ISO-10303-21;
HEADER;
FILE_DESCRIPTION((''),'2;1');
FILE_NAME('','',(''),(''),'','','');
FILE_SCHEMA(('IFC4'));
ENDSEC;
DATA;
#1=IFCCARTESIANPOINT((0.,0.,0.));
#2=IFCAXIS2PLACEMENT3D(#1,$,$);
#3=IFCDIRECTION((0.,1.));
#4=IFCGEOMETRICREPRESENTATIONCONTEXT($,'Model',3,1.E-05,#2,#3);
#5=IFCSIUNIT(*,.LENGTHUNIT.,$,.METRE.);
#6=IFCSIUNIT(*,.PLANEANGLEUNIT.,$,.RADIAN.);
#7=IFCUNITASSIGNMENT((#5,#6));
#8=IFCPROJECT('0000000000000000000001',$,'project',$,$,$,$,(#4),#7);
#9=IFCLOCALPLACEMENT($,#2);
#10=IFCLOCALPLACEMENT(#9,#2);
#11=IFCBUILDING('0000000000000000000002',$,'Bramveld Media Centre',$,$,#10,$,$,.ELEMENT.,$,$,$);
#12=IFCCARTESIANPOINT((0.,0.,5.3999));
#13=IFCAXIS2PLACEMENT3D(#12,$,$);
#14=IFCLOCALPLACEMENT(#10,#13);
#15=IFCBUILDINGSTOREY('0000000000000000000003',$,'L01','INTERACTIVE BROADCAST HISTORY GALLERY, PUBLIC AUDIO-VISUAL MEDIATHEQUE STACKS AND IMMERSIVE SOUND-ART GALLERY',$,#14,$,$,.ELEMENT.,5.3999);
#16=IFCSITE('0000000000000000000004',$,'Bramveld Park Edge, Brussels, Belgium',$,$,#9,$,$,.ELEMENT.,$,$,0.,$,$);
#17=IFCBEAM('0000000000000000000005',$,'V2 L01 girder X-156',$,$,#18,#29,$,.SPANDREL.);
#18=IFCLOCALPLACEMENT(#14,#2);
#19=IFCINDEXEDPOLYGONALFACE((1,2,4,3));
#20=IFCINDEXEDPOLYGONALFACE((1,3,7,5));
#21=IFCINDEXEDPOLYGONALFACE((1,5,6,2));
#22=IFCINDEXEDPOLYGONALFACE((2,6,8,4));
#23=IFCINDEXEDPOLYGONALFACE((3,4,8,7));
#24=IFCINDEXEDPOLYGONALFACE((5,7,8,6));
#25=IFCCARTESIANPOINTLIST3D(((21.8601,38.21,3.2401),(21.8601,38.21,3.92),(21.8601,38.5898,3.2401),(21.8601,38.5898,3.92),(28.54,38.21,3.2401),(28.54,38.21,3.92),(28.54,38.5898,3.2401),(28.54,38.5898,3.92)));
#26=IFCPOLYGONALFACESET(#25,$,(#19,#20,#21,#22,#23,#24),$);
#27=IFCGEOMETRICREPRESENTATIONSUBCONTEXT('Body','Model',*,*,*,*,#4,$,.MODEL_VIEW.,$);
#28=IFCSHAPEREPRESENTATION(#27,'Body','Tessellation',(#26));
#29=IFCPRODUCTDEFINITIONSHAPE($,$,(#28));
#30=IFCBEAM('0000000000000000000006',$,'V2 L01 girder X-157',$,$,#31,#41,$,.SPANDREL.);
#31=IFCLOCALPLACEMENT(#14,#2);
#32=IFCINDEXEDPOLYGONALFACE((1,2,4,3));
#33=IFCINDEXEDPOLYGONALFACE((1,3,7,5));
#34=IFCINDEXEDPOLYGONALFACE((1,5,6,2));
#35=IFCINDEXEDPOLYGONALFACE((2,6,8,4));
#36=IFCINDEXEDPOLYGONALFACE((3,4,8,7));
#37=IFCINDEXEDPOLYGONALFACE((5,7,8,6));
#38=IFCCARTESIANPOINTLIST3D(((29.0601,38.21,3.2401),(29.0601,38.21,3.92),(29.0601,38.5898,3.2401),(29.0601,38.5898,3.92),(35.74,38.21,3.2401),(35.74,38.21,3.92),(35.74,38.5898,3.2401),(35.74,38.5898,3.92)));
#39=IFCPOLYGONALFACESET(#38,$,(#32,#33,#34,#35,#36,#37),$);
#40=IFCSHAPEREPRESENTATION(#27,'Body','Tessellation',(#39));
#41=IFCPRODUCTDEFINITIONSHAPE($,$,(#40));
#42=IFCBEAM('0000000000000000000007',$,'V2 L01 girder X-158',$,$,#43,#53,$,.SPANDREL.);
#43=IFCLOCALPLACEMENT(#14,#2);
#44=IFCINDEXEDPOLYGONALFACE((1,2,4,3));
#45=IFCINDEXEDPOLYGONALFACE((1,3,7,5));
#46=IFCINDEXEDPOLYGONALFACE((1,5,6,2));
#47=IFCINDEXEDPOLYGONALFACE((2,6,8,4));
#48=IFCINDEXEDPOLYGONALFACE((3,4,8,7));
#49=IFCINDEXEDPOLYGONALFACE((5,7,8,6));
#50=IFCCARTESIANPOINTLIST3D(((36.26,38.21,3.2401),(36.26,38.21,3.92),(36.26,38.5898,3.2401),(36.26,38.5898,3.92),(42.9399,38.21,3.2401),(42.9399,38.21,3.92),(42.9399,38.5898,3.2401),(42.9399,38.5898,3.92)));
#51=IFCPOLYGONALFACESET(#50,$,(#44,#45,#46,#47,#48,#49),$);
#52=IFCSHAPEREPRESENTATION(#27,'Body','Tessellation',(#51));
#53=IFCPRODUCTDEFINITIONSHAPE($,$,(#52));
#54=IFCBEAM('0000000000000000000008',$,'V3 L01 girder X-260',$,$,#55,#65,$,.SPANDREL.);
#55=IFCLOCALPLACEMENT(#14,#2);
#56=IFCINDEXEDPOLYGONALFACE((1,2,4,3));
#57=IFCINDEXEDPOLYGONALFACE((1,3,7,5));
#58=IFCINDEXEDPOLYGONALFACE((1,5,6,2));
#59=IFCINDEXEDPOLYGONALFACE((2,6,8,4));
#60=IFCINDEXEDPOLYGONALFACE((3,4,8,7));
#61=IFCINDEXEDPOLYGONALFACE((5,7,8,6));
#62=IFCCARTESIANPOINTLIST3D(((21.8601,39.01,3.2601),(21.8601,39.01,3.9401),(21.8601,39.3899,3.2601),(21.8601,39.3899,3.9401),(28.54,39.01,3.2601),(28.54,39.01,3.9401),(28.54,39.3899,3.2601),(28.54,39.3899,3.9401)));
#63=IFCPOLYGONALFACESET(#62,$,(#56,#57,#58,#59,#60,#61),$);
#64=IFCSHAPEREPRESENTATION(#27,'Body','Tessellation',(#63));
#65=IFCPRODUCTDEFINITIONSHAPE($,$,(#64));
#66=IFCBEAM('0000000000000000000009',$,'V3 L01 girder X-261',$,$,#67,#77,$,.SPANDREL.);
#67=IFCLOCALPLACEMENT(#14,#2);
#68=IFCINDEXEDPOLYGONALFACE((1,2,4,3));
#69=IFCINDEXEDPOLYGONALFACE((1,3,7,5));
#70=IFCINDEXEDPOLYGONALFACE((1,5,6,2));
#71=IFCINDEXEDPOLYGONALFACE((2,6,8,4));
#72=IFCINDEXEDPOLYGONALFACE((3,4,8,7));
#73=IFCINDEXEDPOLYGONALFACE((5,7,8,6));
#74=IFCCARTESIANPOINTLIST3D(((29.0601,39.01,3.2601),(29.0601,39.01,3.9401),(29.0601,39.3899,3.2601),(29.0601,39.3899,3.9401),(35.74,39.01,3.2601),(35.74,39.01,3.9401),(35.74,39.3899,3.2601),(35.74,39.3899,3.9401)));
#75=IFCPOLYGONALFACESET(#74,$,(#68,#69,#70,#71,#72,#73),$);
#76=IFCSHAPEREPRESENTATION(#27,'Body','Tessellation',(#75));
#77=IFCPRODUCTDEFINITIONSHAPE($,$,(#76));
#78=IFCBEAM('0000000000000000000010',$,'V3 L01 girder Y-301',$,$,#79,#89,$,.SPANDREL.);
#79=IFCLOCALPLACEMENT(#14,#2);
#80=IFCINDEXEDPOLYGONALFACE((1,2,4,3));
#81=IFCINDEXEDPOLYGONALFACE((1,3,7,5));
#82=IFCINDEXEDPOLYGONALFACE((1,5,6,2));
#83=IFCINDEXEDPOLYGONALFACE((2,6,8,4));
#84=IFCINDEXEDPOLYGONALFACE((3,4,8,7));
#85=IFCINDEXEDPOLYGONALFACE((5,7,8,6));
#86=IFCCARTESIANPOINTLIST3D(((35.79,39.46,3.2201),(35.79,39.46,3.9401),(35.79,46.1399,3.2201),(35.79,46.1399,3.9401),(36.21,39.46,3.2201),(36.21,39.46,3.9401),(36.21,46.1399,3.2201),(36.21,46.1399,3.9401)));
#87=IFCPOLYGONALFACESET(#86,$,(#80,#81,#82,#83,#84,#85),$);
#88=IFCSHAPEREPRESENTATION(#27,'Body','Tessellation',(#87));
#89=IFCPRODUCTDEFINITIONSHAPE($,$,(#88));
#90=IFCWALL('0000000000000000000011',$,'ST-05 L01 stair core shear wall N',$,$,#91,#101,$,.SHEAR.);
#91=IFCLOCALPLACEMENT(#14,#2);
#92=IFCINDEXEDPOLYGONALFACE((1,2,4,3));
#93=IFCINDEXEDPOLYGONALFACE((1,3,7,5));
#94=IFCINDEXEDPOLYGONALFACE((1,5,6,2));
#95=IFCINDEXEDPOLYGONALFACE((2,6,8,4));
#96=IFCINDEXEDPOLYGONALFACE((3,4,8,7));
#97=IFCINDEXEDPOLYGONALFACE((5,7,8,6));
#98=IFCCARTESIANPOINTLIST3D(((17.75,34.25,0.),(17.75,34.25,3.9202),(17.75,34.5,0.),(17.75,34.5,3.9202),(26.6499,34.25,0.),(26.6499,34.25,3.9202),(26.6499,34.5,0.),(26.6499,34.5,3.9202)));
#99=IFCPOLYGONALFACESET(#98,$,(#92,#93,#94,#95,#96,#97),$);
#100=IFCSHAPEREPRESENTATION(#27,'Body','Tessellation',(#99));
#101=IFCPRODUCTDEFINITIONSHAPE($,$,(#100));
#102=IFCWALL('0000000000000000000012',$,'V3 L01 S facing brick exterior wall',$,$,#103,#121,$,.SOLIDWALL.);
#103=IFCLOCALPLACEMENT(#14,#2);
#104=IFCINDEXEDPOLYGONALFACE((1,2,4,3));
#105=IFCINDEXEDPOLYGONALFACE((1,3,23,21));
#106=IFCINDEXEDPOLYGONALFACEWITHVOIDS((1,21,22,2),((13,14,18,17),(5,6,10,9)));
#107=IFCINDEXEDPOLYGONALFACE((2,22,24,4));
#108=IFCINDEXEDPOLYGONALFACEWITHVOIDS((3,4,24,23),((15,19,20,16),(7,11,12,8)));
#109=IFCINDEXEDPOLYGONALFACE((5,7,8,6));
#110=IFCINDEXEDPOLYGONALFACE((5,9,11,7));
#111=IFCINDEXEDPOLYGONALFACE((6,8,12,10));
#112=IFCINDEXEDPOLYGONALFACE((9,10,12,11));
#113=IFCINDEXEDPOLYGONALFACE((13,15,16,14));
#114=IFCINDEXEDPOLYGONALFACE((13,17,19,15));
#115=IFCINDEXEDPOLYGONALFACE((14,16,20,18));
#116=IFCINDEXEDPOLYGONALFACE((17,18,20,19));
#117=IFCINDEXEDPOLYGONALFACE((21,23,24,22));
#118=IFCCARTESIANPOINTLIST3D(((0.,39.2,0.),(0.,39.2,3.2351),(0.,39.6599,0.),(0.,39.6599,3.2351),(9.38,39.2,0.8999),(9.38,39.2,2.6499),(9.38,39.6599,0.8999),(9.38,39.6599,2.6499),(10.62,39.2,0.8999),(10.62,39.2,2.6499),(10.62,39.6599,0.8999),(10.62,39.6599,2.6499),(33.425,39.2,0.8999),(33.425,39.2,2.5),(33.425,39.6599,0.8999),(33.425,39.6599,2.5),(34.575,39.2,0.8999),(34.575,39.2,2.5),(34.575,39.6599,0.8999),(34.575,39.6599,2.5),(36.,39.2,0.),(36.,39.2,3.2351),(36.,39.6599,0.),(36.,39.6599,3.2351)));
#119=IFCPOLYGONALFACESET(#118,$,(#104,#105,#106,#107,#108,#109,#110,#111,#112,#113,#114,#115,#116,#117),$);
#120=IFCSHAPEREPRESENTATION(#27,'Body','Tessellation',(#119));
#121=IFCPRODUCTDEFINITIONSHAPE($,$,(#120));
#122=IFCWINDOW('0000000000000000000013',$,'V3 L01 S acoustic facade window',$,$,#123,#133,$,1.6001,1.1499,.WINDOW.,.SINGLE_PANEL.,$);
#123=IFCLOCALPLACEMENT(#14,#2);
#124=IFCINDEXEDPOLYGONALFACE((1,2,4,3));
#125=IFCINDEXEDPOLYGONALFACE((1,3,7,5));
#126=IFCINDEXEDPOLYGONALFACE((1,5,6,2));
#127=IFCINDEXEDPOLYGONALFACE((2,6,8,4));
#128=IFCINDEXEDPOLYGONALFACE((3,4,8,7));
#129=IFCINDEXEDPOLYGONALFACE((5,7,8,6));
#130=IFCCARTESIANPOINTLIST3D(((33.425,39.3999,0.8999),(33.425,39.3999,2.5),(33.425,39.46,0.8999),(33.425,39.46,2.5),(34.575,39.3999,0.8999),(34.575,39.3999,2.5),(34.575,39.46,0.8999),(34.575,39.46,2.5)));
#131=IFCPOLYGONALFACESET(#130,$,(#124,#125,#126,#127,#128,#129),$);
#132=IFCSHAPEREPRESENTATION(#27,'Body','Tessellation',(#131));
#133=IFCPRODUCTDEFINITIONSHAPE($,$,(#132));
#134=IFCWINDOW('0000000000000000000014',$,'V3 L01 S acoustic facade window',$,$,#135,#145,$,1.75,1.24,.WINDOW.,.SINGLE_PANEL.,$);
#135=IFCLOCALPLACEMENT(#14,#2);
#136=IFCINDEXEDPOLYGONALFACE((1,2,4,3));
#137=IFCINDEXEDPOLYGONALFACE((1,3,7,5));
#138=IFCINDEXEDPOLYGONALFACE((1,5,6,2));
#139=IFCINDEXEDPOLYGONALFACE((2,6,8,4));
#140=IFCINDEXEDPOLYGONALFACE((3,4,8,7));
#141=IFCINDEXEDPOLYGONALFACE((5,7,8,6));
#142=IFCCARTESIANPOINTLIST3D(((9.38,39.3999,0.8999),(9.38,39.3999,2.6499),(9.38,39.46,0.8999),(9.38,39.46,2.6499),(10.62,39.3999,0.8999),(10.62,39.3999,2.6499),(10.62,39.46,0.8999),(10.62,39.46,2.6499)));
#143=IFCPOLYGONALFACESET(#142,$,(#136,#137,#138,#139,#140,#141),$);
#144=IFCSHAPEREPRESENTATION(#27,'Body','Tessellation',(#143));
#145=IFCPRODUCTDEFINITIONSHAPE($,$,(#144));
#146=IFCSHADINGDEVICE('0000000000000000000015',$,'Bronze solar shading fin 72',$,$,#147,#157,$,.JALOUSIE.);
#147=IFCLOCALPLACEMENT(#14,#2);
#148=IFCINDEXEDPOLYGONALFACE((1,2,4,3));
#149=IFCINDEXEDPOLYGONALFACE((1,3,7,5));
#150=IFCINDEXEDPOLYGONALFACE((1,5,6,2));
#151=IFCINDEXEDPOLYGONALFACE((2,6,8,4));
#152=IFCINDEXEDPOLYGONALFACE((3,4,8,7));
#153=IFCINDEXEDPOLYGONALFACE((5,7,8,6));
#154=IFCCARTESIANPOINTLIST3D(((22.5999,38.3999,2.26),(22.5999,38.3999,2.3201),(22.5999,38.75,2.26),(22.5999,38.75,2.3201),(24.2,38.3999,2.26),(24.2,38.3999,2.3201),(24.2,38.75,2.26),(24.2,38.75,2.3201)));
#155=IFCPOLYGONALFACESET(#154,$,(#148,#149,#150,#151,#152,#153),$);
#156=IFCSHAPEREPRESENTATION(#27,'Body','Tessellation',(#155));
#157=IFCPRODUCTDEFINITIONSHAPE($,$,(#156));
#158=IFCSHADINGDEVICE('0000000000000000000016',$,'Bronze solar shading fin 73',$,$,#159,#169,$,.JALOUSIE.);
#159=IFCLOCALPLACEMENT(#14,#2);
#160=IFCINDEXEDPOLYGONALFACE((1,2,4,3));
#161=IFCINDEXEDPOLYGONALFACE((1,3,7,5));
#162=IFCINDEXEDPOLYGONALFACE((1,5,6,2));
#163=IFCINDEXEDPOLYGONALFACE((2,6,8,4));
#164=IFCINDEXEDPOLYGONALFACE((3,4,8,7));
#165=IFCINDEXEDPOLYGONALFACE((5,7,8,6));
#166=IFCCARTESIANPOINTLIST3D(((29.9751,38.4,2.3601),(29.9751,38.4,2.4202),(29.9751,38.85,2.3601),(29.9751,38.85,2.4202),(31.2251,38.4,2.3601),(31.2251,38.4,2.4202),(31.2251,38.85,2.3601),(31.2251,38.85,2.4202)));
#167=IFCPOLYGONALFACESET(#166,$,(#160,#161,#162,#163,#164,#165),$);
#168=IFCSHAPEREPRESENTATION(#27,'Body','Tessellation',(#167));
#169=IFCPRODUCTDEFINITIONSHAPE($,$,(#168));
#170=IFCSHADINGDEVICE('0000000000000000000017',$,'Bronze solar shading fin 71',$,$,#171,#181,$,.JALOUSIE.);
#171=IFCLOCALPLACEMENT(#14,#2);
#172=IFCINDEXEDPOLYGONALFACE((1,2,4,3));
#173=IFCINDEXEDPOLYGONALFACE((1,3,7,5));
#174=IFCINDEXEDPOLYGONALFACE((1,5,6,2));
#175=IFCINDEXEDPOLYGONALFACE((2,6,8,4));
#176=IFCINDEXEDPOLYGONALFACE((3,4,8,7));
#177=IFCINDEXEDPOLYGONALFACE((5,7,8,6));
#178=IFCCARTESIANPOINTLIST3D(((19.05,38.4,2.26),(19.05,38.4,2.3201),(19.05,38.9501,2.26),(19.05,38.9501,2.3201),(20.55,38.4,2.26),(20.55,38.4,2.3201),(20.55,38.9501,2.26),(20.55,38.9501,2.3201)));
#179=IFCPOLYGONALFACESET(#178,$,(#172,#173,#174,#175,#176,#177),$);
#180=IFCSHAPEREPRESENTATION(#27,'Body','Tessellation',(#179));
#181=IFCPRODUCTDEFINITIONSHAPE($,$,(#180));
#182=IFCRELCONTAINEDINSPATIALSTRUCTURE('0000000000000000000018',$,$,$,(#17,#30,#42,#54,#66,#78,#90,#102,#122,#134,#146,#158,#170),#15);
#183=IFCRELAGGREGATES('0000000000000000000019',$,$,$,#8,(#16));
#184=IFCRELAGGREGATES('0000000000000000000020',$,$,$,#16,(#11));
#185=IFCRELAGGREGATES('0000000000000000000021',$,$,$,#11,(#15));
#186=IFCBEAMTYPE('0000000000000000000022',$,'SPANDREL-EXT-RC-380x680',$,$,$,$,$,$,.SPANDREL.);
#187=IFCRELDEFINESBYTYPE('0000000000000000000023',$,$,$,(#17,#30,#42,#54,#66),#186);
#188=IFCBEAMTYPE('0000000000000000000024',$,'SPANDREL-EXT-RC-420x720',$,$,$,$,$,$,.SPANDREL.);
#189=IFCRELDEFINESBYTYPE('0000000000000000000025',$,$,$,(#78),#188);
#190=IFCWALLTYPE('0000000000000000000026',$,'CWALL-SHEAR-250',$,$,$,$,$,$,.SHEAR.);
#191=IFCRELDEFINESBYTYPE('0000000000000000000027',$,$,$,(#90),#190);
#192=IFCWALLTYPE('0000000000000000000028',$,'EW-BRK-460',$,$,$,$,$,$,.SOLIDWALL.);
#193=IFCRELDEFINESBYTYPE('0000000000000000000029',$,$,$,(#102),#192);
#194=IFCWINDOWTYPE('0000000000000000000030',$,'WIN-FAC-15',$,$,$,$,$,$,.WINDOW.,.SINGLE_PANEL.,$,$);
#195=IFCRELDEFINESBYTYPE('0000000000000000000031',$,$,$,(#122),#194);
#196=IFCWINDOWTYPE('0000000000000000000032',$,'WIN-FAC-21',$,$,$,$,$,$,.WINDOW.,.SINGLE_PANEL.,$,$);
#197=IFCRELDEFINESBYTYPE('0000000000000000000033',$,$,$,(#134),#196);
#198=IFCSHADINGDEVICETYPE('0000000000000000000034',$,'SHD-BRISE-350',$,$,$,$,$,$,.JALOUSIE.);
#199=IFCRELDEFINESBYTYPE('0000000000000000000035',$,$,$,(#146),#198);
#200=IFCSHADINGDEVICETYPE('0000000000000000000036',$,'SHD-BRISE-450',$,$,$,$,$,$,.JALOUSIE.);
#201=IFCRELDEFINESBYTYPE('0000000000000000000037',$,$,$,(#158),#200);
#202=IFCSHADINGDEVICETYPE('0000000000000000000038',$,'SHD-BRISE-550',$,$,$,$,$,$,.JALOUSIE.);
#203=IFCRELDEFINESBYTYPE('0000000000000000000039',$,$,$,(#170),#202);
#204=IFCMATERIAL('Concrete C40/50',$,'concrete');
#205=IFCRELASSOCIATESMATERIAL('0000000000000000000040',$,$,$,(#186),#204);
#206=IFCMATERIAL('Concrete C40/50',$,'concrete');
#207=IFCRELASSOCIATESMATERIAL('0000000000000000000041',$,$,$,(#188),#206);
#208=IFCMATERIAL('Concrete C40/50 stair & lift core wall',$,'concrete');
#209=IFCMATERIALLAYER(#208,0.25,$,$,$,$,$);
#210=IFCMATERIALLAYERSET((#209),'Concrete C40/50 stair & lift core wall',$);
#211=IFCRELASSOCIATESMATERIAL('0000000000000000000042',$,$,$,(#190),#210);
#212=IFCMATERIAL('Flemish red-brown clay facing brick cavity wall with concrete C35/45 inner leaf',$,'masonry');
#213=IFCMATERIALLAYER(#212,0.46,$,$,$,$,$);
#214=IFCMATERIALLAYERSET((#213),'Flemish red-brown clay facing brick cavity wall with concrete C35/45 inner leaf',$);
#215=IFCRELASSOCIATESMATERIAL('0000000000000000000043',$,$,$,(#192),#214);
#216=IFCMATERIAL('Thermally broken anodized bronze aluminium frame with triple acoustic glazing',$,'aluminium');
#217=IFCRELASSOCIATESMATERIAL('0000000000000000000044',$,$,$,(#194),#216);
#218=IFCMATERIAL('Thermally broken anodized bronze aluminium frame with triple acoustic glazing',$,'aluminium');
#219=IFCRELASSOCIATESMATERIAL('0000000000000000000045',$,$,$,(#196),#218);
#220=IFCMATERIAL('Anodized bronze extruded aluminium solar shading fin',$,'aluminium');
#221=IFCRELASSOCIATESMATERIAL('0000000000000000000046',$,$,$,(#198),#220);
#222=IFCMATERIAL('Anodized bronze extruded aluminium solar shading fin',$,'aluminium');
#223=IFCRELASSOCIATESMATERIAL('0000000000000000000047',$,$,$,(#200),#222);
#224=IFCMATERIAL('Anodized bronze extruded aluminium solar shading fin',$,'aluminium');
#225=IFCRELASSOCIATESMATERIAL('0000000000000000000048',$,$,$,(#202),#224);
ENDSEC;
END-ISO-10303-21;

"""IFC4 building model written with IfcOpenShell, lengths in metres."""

from ifc_helpers import new_model, si_unit, direction, frame, frame_2d, origin, origin_2d, place, context, subcontext, project, spatial, rectangle, extrude, material, layer, layer_set, material_profile, profile_set, type_object, element, fill, save


model = new_model("IFC4")

# Units and contexts
model_context = context("Model", 3, precision=1e-05, world=origin(), true_north=direction((0.0, 1.0)))
body_context = subcontext(model_context, "Body", "Model", "MODEL_VIEW")
ifc_project = project(units=[si_unit("LENGTHUNIT", "METRE"), si_unit("PLANEANGLEUNIT", "RADIAN")], contexts=[model_context])

# Site, building, storey
site_placement = place(None, origin())
site = spatial("IfcSite", under=ifc_project, at=site_placement, Name="Bramveld Park Edge, Brussels, Belgium", CompositionType="ELEMENT", RefElevation=0.0)
building_placement = place(site_placement, origin())
building = spatial("IfcBuilding", under=site, at=building_placement, Name="Bramveld Media Centre", CompositionType="ELEMENT")
storey_placement = place(building_placement, frame((0.0, 0.0, 5.3999)))
storey = spatial("IfcBuildingStorey", under=building, at=storey_placement, Name="L01", Description="INTERACTIVE BROADCAST HISTORY GALLERY, PUBLIC AUDIO-VISUAL MEDIATHEQUE STACKS AND IMMERSIVE SOUND-ART GALLERY", CompositionType="ELEMENT", Elevation=5.3999)

# Beams
ifc_material_1 = material(Name="Concrete C40/50", Category="concrete")
ifc_material_profile_1 = material_profile(ifc_material_1, rectangle(XDim=0.3799, YDim=0.6799, at=origin_2d()), Name="RC 380x680")
ifc_profile_set_1 = profile_set([ifc_material_profile_1], Name="Concrete C40/50")
beam_type_1 = type_object("IfcBeamType", Name="SPANDREL-EXT-RC-380x680", PredefinedType="SPANDREL", material=ifc_profile_set_1)
for number, where, z_axis, x_axis, name in (
    (1, (21.8601, 38.3999, 3.5801), (1.0, 0.0, 0.0), (0.0, 1.0, 0.0), "V2 L01 girder X-156"),
    (2, (29.0601, 38.3999, 3.5801), (1.0, 0.0, 0.0), (0.0, 1.0, 0.0), "V2 L01 girder X-157"),
    (3, (36.26, 38.3999, 3.5801), (1.0, 0.0, 0.0), (0.0, 1.0, 0.0), "V2 L01 girder X-158"),
    (4, (21.8601, 39.2, 3.6001), (1.0, 0.0, 0.0), (0.0, 1.0, 0.0), "V3 L01 girder X-260"),
    (5, (29.0601, 39.2, 3.6001), (1.0, 0.0, 0.0), (0.0, 1.0, 0.0), "V3 L01 girder X-261"),
):
    element("IfcBeam", number, at=place(storey_placement, frame(where, z_axis=z_axis, x_axis=x_axis)), inside=storey, type_object=beam_type_1, Name=name, PredefinedType="SPANDREL", context=body_context, shape_type="SweptSolid", body=[
        extrude(rectangle(XDim=0.3799, YDim=0.6799, at=origin_2d()), origin(), (0.0, 0.0, 1.0), 6.6799),
    ])
ifc_material_2 = material(Name="Concrete C40/50", Category="concrete")
ifc_material_profile_2 = material_profile(ifc_material_2, rectangle(XDim=0.4199, YDim=0.72, at=origin_2d()), Name="RC 420x720")
ifc_profile_set_2 = profile_set([ifc_material_profile_2], Name="Concrete C40/50")
beam_type_2 = type_object("IfcBeamType", Name="SPANDREL-EXT-RC-420x720", PredefinedType="SPANDREL", material=ifc_profile_set_2)
beam_1_placement = place(storey_placement, frame((36.0, 39.46, 3.5801), z_axis=(0.0, 1.0, 0.0), x_axis=(-1.0, 0.0, 0.0)))
element("IfcBeam", 6, at=beam_1_placement, inside=storey, type_object=beam_type_2, Name="V3 L01 girder Y-301", PredefinedType="SPANDREL", context=body_context, shape_type="SweptSolid", body=[
    extrude(rectangle(XDim=0.4199, YDim=0.72, at=origin_2d()), origin(), (0.0, 0.0, 1.0), 6.6799),
])

# Wall
ifc_material_3 = material(Name="Concrete C40/50 stair & lift core wall", Category="concrete")
ifc_layer_1 = layer(ifc_material_3, 0.25)
ifc_layer_set_1 = layer_set([ifc_layer_1], Name="Concrete C40/50 stair & lift core wall")
wall_type_1 = type_object("IfcWallType", Name="CWALL-SHEAR-250", PredefinedType="SHEAR", material=ifc_layer_set_1)
wall_1_placement = place(storey_placement, frame((26.6499, 34.375, 0.0), z_axis=(0.0, 0.0, 1.0), x_axis=(-1.0, 0.0, 0.0)))
element("IfcWall", 7, at=wall_1_placement, inside=storey, type_object=wall_type_1, Name="ST-05 L01 stair core shear wall N", PredefinedType="SHEAR", context=body_context, shape_type="SweptSolid", body=[
    extrude(rectangle(XDim=8.8999, YDim=0.25, at=frame_2d((4.45, 0.0))), origin(), (0.0, 0.0, 1.0), 3.9202),
])

# Wall, openings, windows
ifc_material_4 = material(Name="Flemish red-brown clay facing brick cavity wall with concrete C35/45 inner leaf", Category="masonry")
ifc_layer_2 = layer(ifc_material_4, 0.46)
ifc_layer_set_2 = layer_set([ifc_layer_2], Name="Flemish red-brown clay facing brick cavity wall with concrete C35/45 inner leaf")
wall_type_2 = type_object("IfcWallType", Name="EW-BRK-460", PredefinedType="SOLIDWALL", material=ifc_layer_set_2)
wall_2_placement = place(storey_placement, frame((36.0, 39.4299, 0.0), z_axis=(0.0, 0.0, 1.0), x_axis=(-1.0, 0.0, 0.0)))
wall_2 = element("IfcWall", 8, at=wall_2_placement, inside=storey, type_object=wall_type_2, Name="V3 L01 S facing brick exterior wall", PredefinedType="SOLIDWALL", context=body_context, shape_type="SweptSolid", body=[
    extrude(rectangle(XDim=36.0, YDim=0.46, at=frame_2d((18.0, 0.0))), origin(), (0.0, 0.0, 1.0), 3.2351),
])
opening_1_placement = place(wall_2_placement, frame((1.425, 0.0, 0.8999)))
opening_1 = element("IfcOpeningElement", 9, at=opening_1_placement, cuts=wall_2, PredefinedType="OPENING", context=body_context, shape_type="SweptSolid", body=[
    extrude(rectangle(XDim=1.1499, YDim=1.6001, at=frame_2d((0.575, 0.8))), frame((0.0, 0.2419, 0.0), z_axis=(0.0, -1.0, 0.0), x_axis=(1.0, 0.0, 0.0)), (0.0, 0.0, 1.0), 0.4839),
])
opening_2_placement = place(wall_2_placement, frame((25.3799, 0.0, 0.8999)))
opening_2 = element("IfcOpeningElement", 10, at=opening_2_placement, cuts=wall_2, PredefinedType="OPENING", context=body_context, shape_type="SweptSolid", body=[
    extrude(rectangle(XDim=1.24, YDim=1.75, at=frame_2d((0.6201, 0.875))), frame((0.0, 0.2419, 0.0), z_axis=(0.0, -1.0, 0.0), x_axis=(1.0, 0.0, 0.0)), (0.0, 0.0, 1.0), 0.4839),
])
ifc_material_5 = material(Name="Thermally broken anodized bronze aluminium frame with triple acoustic glazing", Category="aluminium")
window_type_1 = type_object("IfcWindowType", Name="WIN-FAC-15", PartitioningType="SINGLE_PANEL", PredefinedType="WINDOW", material=ifc_material_5)
window_1_placement = place(opening_1_placement, origin())
window_1 = element("IfcWindow", 11, at=window_1_placement, inside=storey, type_object=window_type_1, Name="V3 L01 S acoustic facade window", OverallHeight=1.6001, OverallWidth=1.1499, PartitioningType="SINGLE_PANEL", PredefinedType="WINDOW", context=body_context, shape_type="SweptSolid", body=[
    extrude(rectangle(XDim=1.1499, YDim=1.6001, at=frame_2d((0.575, 0.8))), frame((0.0, 0.03, 0.0), z_axis=(0.0, -1.0, 0.0), x_axis=(1.0, 0.0, 0.0)), (0.0, 0.0, 1.0), 0.0601),
])
fill(opening_1, window_1)
ifc_material_6 = material(Name="Thermally broken anodized bronze aluminium frame with triple acoustic glazing", Category="aluminium")
window_type_2 = type_object("IfcWindowType", Name="WIN-FAC-21", PartitioningType="SINGLE_PANEL", PredefinedType="WINDOW", material=ifc_material_6)
window_2_placement = place(opening_2_placement, origin())
window_2 = element("IfcWindow", 12, at=window_2_placement, inside=storey, type_object=window_type_2, Name="V3 L01 S acoustic facade window", OverallHeight=1.75, OverallWidth=1.24, PartitioningType="SINGLE_PANEL", PredefinedType="WINDOW", context=body_context, shape_type="SweptSolid", body=[
    extrude(rectangle(XDim=1.24, YDim=1.75, at=frame_2d((0.6201, 0.875))), frame((0.0, 0.03, 0.0), z_axis=(0.0, -1.0, 0.0), x_axis=(1.0, 0.0, 0.0)), (0.0, 0.0, 1.0), 0.0601),
])
fill(opening_2, window_2)

# Shading devices
ifc_material_7 = material(Name="Anodized bronze extruded aluminium solar shading fin", Category="aluminium")
shading_device_type_1 = type_object("IfcShadingDeviceType", Name="SHD-BRISE-350", PredefinedType="JALOUSIE", material=ifc_material_7)
shading_device_1_placement = place(storey_placement, frame((23.3999, 38.575, 2.26), z_axis=(0.0, 0.0, 1.0), x_axis=(1.0, 0.0, 0.0)))
element("IfcShadingDevice", 13, at=shading_device_1_placement, inside=storey, type_object=shading_device_type_1, Name="Bronze solar shading fin 72", PredefinedType="JALOUSIE", context=body_context, shape_type="SweptSolid", body=[
    extrude(rectangle(XDim=1.6001, YDim=0.3501, at=origin_2d()), origin(), (0.0, 0.0, 1.0), 0.0601),
])
ifc_material_8 = material(Name="Anodized bronze extruded aluminium solar shading fin", Category="aluminium")
shading_device_type_2 = type_object("IfcShadingDeviceType", Name="SHD-BRISE-450", PredefinedType="JALOUSIE", material=ifc_material_8)
shading_device_2_placement = place(storey_placement, frame((30.6001, 38.625, 2.3601), z_axis=(0.0, 0.0, 1.0), x_axis=(1.0, 0.0, 0.0)))
element("IfcShadingDevice", 14, at=shading_device_2_placement, inside=storey, type_object=shading_device_type_2, Name="Bronze solar shading fin 73", PredefinedType="JALOUSIE", context=body_context, shape_type="SweptSolid", body=[
    extrude(rectangle(XDim=1.25, YDim=0.45, at=origin_2d()), origin(), (0.0, 0.0, 1.0), 0.0601),
])
ifc_material_9 = material(Name="Anodized bronze extruded aluminium solar shading fin", Category="aluminium")
shading_device_type_3 = type_object("IfcShadingDeviceType", Name="SHD-BRISE-550", PredefinedType="JALOUSIE", material=ifc_material_9)
shading_device_3_placement = place(storey_placement, frame((19.8, 38.675, 2.26), z_axis=(0.0, 0.0, 1.0), x_axis=(1.0, 0.0, 0.0)))
element("IfcShadingDevice", 15, at=shading_device_3_placement, inside=storey, type_object=shading_device_type_3, Name="Bronze solar shading fin 71", PredefinedType="JALOUSIE", context=body_context, shape_type="SweptSolid", body=[
    extrude(rectangle(XDim=1.5, YDim=0.55, at=origin_2d()), origin(), (0.0, 0.0, 1.0), 0.0601),
])

save(model, "model.ifc")
